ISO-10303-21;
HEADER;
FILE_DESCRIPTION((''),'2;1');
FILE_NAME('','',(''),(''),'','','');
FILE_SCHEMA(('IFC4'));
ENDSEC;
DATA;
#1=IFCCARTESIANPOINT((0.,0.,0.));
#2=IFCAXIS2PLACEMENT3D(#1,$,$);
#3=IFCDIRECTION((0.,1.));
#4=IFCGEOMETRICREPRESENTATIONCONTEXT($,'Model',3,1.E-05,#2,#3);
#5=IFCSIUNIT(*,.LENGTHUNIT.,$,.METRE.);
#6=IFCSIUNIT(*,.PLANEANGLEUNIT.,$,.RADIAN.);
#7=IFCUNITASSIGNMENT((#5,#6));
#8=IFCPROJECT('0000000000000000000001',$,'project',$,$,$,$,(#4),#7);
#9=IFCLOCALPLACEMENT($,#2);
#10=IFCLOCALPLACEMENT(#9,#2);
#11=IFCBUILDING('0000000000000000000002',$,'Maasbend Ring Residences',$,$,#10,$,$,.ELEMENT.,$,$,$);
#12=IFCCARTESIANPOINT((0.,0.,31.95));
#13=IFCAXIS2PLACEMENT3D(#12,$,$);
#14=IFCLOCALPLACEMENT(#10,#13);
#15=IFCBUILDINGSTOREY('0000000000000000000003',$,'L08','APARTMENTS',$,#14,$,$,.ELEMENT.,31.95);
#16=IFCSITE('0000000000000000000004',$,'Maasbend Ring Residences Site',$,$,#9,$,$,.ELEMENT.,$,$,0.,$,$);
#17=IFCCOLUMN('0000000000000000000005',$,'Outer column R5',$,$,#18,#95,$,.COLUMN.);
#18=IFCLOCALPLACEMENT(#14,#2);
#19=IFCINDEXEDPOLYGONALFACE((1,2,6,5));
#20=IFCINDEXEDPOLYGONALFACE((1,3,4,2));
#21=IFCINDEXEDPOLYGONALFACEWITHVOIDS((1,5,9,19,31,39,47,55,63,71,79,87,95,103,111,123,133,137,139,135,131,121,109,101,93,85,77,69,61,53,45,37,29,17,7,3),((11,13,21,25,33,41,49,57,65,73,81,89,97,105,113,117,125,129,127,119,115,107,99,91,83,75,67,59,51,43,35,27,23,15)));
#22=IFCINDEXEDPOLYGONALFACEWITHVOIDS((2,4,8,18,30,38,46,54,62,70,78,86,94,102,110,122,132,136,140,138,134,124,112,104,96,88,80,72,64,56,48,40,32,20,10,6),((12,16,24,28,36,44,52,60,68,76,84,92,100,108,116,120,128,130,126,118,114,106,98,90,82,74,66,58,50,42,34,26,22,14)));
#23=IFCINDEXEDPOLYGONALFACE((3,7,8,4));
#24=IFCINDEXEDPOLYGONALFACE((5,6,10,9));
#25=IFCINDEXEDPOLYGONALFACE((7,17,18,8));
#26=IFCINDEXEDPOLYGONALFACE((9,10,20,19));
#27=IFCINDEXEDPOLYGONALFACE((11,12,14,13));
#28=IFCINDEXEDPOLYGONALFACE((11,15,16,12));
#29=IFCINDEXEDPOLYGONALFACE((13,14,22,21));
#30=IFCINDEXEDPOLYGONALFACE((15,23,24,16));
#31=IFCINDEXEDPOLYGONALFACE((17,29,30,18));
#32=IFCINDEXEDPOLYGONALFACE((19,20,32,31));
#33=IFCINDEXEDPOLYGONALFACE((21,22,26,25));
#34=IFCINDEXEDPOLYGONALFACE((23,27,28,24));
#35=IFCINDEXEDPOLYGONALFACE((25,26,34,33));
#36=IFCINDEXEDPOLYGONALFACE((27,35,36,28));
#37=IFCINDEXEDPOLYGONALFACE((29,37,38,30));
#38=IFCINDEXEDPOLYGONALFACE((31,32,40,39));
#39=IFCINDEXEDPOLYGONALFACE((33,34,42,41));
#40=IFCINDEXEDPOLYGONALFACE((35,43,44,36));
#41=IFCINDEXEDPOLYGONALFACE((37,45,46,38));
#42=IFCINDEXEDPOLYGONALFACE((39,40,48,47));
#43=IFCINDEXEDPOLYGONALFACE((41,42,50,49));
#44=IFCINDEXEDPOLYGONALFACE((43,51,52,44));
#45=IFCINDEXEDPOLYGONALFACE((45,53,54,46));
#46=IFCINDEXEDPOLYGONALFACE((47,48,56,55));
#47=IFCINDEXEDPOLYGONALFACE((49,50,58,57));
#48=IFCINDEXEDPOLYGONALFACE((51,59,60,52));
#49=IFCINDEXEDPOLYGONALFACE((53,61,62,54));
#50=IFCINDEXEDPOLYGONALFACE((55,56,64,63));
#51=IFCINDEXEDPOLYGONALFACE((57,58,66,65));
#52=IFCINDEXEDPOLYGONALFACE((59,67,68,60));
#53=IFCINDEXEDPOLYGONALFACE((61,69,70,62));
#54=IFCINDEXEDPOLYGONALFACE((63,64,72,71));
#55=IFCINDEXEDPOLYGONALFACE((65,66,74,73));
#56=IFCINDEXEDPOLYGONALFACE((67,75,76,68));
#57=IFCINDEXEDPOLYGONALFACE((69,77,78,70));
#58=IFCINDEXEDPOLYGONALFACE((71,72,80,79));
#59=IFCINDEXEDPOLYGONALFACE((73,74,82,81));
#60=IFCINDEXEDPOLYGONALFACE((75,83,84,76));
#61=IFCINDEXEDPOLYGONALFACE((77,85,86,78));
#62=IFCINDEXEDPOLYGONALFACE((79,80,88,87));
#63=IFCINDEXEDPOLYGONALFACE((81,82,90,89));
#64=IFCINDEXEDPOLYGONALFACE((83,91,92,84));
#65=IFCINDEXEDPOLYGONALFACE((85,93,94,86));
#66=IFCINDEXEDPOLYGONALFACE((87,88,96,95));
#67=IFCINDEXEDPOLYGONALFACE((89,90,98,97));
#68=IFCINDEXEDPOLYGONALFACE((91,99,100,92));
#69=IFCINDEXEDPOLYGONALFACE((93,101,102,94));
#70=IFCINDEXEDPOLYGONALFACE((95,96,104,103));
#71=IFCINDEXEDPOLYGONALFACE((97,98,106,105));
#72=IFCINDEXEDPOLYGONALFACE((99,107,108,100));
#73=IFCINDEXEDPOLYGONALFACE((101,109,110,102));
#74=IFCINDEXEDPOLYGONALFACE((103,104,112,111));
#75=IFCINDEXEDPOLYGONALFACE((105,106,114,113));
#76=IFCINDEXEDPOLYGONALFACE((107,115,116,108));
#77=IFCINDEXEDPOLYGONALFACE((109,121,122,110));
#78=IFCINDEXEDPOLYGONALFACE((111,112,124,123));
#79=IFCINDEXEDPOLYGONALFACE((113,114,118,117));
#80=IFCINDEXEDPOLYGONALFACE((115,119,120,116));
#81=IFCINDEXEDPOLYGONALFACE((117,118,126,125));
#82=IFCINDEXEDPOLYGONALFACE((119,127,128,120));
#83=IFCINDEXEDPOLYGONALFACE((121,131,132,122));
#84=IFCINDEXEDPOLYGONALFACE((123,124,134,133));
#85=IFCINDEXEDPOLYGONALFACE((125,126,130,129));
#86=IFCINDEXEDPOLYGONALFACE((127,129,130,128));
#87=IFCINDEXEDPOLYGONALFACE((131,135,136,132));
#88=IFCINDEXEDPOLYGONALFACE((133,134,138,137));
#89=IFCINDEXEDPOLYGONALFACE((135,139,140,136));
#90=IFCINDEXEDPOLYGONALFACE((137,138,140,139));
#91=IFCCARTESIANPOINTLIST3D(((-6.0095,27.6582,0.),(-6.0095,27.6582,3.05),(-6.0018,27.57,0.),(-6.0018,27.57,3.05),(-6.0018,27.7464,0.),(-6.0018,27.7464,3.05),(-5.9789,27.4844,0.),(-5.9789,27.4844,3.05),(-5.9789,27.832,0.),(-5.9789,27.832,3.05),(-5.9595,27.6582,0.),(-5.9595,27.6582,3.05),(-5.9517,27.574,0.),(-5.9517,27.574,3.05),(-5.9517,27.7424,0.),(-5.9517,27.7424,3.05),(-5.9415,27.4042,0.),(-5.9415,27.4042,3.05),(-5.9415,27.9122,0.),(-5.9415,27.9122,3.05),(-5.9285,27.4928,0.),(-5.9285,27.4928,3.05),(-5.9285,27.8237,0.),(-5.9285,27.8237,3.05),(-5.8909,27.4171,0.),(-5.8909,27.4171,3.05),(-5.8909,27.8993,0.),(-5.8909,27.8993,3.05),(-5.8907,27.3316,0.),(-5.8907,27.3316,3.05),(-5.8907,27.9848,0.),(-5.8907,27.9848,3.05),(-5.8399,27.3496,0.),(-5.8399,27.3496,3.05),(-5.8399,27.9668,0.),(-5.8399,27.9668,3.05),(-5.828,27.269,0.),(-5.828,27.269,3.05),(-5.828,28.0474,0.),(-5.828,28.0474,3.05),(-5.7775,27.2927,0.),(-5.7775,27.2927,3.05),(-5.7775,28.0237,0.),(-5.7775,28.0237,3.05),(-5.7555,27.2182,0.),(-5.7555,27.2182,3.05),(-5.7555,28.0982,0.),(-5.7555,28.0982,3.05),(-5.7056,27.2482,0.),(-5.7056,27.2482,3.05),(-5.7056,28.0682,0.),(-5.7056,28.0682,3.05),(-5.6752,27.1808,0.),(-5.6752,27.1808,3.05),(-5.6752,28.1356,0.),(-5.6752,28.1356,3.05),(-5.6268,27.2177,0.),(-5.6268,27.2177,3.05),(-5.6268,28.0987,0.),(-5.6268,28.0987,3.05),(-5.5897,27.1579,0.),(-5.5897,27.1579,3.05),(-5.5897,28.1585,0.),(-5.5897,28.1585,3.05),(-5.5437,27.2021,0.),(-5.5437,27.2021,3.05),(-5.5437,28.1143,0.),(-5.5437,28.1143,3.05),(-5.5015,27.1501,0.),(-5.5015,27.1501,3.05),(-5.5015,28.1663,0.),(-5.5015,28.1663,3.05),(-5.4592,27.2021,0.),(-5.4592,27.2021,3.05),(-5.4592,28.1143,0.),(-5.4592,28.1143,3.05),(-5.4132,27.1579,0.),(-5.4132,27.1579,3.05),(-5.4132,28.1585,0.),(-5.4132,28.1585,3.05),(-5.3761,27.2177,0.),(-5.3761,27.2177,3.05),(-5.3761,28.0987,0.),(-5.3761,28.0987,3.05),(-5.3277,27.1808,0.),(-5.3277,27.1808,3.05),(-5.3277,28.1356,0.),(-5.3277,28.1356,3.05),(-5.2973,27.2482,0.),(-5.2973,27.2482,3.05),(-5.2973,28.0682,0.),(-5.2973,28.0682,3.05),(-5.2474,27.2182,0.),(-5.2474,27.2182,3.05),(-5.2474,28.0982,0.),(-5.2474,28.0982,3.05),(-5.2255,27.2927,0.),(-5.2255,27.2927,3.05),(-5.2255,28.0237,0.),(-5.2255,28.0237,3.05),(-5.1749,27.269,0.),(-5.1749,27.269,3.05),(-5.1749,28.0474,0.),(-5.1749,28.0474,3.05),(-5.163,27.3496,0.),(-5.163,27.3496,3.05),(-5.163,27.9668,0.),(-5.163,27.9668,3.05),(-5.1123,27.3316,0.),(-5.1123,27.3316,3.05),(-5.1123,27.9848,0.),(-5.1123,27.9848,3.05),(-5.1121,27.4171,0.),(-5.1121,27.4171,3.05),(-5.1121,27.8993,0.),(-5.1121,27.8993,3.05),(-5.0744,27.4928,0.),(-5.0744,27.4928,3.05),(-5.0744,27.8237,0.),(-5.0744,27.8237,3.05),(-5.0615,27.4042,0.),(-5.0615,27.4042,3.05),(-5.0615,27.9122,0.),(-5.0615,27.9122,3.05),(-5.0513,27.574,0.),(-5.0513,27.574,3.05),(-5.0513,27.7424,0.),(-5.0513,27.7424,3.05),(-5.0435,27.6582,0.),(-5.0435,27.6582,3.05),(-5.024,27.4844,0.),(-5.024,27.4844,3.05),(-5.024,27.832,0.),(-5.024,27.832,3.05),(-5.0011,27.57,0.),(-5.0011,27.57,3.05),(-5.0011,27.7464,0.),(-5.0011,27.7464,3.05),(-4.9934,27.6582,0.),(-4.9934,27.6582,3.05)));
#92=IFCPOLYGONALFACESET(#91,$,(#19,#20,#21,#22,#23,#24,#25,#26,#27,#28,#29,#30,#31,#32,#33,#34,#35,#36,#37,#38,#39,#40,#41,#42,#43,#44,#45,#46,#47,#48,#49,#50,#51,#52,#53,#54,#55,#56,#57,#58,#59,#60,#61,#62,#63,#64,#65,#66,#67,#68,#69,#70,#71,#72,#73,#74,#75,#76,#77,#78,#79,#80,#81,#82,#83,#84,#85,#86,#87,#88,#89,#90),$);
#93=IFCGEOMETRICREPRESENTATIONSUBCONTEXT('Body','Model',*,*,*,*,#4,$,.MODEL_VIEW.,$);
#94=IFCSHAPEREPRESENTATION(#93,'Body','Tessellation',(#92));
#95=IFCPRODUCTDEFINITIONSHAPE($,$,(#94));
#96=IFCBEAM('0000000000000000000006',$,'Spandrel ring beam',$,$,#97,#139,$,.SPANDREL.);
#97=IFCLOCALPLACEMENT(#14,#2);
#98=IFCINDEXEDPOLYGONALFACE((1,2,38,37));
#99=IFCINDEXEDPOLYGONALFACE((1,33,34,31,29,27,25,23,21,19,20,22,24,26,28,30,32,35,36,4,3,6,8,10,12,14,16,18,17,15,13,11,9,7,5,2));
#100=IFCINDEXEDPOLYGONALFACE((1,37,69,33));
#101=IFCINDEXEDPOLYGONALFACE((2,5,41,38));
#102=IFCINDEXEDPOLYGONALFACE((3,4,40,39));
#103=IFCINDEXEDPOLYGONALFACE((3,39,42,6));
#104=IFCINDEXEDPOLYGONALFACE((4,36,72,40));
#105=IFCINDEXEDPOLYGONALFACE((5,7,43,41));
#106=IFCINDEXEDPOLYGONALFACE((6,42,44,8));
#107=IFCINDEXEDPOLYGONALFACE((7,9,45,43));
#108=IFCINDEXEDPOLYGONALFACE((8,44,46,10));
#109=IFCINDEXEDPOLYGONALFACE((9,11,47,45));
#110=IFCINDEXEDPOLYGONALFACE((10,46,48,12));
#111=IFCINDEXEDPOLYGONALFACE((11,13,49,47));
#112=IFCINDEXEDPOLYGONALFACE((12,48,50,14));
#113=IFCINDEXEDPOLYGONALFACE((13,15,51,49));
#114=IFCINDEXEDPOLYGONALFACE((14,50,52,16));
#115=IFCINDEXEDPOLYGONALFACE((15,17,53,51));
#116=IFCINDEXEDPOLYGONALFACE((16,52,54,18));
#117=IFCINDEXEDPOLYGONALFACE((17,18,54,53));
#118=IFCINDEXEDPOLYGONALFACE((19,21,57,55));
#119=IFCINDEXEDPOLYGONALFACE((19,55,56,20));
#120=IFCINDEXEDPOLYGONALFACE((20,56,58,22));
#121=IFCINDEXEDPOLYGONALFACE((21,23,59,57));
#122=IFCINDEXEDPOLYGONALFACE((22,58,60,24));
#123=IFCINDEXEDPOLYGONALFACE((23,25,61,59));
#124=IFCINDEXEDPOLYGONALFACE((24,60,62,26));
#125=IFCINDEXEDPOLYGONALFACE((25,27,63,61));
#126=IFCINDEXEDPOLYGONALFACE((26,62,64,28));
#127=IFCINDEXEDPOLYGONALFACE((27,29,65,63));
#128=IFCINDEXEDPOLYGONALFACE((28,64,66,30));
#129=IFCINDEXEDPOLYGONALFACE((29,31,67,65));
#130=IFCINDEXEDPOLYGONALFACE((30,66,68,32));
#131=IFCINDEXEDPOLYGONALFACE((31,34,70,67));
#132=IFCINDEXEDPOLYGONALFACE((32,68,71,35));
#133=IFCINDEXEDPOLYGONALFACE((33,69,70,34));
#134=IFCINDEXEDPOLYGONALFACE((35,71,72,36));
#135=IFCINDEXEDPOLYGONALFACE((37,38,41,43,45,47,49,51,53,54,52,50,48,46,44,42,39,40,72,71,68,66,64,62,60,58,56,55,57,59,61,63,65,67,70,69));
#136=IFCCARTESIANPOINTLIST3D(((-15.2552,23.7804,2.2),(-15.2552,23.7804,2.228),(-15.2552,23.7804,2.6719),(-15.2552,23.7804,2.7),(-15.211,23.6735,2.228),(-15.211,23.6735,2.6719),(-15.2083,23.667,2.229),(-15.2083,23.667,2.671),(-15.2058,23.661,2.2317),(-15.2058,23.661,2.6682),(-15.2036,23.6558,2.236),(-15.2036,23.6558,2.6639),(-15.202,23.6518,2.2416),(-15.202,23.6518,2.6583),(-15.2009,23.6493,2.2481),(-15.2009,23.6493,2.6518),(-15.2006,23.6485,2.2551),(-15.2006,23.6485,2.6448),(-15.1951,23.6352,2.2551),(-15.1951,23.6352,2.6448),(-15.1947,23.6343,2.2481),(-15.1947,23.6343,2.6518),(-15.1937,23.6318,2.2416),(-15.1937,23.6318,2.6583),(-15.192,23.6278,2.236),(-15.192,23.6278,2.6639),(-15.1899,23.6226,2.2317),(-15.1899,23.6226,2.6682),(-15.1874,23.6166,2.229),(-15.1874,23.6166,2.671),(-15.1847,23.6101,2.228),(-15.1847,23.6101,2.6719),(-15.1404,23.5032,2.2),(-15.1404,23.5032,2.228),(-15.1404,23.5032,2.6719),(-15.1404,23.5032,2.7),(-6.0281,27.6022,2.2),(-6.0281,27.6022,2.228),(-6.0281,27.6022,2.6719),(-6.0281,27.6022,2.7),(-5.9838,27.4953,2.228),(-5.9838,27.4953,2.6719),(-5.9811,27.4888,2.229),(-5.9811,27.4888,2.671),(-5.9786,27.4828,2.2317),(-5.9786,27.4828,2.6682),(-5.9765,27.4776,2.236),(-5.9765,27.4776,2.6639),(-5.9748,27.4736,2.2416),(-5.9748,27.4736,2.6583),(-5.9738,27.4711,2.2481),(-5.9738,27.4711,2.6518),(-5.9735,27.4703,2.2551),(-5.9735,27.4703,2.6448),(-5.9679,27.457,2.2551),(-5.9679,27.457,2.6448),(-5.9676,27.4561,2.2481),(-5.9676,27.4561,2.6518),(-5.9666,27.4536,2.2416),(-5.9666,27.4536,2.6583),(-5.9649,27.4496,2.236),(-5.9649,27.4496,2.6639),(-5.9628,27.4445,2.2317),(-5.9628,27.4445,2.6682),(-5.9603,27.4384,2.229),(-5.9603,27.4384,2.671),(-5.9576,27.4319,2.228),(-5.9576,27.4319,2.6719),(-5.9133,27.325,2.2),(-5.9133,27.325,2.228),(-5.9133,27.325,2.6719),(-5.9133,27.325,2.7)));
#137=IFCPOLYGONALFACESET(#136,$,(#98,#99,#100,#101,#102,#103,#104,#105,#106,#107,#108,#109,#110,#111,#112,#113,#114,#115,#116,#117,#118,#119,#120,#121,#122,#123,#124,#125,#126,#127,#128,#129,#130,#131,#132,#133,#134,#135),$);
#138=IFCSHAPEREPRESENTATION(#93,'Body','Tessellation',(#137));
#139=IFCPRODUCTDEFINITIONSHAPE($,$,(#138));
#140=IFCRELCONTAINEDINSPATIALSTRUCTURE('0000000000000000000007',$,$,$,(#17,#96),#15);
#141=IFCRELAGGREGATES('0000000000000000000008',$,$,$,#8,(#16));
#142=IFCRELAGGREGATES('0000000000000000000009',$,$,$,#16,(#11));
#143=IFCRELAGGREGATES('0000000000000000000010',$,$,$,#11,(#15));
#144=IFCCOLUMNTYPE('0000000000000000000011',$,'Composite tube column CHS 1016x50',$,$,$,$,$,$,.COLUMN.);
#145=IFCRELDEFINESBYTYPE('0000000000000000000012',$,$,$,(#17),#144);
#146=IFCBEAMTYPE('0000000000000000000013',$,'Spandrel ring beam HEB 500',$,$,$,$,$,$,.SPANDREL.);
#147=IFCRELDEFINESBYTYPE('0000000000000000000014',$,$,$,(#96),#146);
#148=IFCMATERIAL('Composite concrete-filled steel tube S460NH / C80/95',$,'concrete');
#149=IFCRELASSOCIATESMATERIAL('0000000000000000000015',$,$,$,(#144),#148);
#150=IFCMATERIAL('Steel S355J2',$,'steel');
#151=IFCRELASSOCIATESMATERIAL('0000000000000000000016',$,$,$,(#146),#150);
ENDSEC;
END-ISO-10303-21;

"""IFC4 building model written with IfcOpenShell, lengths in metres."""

from ifc_helpers import new_model, si_unit, direction, frame, origin, origin_2d, place, context, subcontext, project, spatial, hollow_circle, i_section, extrude, material, material_profile, profile_set, type_object, element, save


model = new_model("IFC4")

# Units and contexts
model_context = context("Model", 3, precision=1e-05, world=origin(), true_north=direction((0.0, 1.0)))
body_context = subcontext(model_context, "Body", "Model", "MODEL_VIEW")
ifc_project = project(units=[si_unit("LENGTHUNIT", "METRE"), si_unit("PLANEANGLEUNIT", "RADIAN")], contexts=[model_context])

# Site, building, storey
site_placement = place(None, origin())
site = spatial("IfcSite", under=ifc_project, at=site_placement, Name="Maasbend Ring Residences Site", CompositionType="ELEMENT", RefElevation=0.0)
building_placement = place(site_placement, origin())
building = spatial("IfcBuilding", under=site, at=building_placement, Name="Maasbend Ring Residences", CompositionType="ELEMENT")
storey_placement = place(building_placement, frame((0.0, 0.0, 31.95)))
storey = spatial("IfcBuildingStorey", under=building, at=storey_placement, Name="L08", Description="APARTMENTS", CompositionType="ELEMENT", Elevation=31.95)

# Column
ifc_material_1 = material(Name="Composite concrete-filled steel tube S460NH / C80/95", Category="concrete")
ifc_material_profile_1 = material_profile(ifc_material_1, hollow_circle(Radius=0.5081, WallThickness=0.05, at=origin_2d()), Name="Composite tube column CHS 1016x50")
ifc_profile_set_1 = profile_set([ifc_material_profile_1], Name="Composite concrete-filled steel tube S460NH / C80/95")
column_type = type_object("IfcColumnType", Name="Composite tube column CHS 1016x50", PredefinedType="COLUMN", material=ifc_profile_set_1)
column_placement = place(storey_placement, frame((-5.5015, 27.6582, 0.0), z_axis=(0.0, 0.0, 1.0), x_axis=(1.0, 0.0, 0.0)))
element("IfcColumn", 1, at=column_placement, inside=storey, type_object=column_type, Name="Outer column R5", PredefinedType="COLUMN", context=body_context, shape_type="SweptSolid", body=[
    extrude(hollow_circle(Radius=0.5081, WallThickness=0.05, at=origin_2d()), origin(), (0.0, 0.0, 1.0), 3.05),
])

# Beam
ifc_material_2 = material(Name="Steel S355J2", Category="steel")
ifc_material_profile_2 = material_profile(ifc_material_2, i_section(OverallWidth=0.3, OverallDepth=0.5, WebThickness=0.0144, FlangeThickness=0.0281, FilletRadius=0.0271, at=origin_2d()), Name="HEB 500")
ifc_profile_set_2 = profile_set([ifc_material_profile_2], Name="Steel S355J2")
beam_type = type_object("IfcBeamType", Name="Spandrel ring beam HEB 500", PredefinedType="SPANDREL", material=ifc_profile_set_2)
beam_placement = place(storey_placement, frame((-5.9707, 27.4636, 2.45), z_axis=(-0.923886, -0.382667, 0.0), x_axis=(0.382667, -0.923886, 0.0)))
element("IfcBeam", 2, at=beam_placement, inside=storey, type_object=beam_type, Name="Spandrel ring beam", PredefinedType="SPANDREL", context=body_context, shape_type="SweptSolid", body=[
    extrude(i_section(OverallWidth=0.3, OverallDepth=0.5, WebThickness=0.0144, FlangeThickness=0.0281, FilletRadius=0.0271, at=origin_2d()), origin(), (0.0, 0.0, 1.0), 9.9873),
])

save(model, "model.ifc")
